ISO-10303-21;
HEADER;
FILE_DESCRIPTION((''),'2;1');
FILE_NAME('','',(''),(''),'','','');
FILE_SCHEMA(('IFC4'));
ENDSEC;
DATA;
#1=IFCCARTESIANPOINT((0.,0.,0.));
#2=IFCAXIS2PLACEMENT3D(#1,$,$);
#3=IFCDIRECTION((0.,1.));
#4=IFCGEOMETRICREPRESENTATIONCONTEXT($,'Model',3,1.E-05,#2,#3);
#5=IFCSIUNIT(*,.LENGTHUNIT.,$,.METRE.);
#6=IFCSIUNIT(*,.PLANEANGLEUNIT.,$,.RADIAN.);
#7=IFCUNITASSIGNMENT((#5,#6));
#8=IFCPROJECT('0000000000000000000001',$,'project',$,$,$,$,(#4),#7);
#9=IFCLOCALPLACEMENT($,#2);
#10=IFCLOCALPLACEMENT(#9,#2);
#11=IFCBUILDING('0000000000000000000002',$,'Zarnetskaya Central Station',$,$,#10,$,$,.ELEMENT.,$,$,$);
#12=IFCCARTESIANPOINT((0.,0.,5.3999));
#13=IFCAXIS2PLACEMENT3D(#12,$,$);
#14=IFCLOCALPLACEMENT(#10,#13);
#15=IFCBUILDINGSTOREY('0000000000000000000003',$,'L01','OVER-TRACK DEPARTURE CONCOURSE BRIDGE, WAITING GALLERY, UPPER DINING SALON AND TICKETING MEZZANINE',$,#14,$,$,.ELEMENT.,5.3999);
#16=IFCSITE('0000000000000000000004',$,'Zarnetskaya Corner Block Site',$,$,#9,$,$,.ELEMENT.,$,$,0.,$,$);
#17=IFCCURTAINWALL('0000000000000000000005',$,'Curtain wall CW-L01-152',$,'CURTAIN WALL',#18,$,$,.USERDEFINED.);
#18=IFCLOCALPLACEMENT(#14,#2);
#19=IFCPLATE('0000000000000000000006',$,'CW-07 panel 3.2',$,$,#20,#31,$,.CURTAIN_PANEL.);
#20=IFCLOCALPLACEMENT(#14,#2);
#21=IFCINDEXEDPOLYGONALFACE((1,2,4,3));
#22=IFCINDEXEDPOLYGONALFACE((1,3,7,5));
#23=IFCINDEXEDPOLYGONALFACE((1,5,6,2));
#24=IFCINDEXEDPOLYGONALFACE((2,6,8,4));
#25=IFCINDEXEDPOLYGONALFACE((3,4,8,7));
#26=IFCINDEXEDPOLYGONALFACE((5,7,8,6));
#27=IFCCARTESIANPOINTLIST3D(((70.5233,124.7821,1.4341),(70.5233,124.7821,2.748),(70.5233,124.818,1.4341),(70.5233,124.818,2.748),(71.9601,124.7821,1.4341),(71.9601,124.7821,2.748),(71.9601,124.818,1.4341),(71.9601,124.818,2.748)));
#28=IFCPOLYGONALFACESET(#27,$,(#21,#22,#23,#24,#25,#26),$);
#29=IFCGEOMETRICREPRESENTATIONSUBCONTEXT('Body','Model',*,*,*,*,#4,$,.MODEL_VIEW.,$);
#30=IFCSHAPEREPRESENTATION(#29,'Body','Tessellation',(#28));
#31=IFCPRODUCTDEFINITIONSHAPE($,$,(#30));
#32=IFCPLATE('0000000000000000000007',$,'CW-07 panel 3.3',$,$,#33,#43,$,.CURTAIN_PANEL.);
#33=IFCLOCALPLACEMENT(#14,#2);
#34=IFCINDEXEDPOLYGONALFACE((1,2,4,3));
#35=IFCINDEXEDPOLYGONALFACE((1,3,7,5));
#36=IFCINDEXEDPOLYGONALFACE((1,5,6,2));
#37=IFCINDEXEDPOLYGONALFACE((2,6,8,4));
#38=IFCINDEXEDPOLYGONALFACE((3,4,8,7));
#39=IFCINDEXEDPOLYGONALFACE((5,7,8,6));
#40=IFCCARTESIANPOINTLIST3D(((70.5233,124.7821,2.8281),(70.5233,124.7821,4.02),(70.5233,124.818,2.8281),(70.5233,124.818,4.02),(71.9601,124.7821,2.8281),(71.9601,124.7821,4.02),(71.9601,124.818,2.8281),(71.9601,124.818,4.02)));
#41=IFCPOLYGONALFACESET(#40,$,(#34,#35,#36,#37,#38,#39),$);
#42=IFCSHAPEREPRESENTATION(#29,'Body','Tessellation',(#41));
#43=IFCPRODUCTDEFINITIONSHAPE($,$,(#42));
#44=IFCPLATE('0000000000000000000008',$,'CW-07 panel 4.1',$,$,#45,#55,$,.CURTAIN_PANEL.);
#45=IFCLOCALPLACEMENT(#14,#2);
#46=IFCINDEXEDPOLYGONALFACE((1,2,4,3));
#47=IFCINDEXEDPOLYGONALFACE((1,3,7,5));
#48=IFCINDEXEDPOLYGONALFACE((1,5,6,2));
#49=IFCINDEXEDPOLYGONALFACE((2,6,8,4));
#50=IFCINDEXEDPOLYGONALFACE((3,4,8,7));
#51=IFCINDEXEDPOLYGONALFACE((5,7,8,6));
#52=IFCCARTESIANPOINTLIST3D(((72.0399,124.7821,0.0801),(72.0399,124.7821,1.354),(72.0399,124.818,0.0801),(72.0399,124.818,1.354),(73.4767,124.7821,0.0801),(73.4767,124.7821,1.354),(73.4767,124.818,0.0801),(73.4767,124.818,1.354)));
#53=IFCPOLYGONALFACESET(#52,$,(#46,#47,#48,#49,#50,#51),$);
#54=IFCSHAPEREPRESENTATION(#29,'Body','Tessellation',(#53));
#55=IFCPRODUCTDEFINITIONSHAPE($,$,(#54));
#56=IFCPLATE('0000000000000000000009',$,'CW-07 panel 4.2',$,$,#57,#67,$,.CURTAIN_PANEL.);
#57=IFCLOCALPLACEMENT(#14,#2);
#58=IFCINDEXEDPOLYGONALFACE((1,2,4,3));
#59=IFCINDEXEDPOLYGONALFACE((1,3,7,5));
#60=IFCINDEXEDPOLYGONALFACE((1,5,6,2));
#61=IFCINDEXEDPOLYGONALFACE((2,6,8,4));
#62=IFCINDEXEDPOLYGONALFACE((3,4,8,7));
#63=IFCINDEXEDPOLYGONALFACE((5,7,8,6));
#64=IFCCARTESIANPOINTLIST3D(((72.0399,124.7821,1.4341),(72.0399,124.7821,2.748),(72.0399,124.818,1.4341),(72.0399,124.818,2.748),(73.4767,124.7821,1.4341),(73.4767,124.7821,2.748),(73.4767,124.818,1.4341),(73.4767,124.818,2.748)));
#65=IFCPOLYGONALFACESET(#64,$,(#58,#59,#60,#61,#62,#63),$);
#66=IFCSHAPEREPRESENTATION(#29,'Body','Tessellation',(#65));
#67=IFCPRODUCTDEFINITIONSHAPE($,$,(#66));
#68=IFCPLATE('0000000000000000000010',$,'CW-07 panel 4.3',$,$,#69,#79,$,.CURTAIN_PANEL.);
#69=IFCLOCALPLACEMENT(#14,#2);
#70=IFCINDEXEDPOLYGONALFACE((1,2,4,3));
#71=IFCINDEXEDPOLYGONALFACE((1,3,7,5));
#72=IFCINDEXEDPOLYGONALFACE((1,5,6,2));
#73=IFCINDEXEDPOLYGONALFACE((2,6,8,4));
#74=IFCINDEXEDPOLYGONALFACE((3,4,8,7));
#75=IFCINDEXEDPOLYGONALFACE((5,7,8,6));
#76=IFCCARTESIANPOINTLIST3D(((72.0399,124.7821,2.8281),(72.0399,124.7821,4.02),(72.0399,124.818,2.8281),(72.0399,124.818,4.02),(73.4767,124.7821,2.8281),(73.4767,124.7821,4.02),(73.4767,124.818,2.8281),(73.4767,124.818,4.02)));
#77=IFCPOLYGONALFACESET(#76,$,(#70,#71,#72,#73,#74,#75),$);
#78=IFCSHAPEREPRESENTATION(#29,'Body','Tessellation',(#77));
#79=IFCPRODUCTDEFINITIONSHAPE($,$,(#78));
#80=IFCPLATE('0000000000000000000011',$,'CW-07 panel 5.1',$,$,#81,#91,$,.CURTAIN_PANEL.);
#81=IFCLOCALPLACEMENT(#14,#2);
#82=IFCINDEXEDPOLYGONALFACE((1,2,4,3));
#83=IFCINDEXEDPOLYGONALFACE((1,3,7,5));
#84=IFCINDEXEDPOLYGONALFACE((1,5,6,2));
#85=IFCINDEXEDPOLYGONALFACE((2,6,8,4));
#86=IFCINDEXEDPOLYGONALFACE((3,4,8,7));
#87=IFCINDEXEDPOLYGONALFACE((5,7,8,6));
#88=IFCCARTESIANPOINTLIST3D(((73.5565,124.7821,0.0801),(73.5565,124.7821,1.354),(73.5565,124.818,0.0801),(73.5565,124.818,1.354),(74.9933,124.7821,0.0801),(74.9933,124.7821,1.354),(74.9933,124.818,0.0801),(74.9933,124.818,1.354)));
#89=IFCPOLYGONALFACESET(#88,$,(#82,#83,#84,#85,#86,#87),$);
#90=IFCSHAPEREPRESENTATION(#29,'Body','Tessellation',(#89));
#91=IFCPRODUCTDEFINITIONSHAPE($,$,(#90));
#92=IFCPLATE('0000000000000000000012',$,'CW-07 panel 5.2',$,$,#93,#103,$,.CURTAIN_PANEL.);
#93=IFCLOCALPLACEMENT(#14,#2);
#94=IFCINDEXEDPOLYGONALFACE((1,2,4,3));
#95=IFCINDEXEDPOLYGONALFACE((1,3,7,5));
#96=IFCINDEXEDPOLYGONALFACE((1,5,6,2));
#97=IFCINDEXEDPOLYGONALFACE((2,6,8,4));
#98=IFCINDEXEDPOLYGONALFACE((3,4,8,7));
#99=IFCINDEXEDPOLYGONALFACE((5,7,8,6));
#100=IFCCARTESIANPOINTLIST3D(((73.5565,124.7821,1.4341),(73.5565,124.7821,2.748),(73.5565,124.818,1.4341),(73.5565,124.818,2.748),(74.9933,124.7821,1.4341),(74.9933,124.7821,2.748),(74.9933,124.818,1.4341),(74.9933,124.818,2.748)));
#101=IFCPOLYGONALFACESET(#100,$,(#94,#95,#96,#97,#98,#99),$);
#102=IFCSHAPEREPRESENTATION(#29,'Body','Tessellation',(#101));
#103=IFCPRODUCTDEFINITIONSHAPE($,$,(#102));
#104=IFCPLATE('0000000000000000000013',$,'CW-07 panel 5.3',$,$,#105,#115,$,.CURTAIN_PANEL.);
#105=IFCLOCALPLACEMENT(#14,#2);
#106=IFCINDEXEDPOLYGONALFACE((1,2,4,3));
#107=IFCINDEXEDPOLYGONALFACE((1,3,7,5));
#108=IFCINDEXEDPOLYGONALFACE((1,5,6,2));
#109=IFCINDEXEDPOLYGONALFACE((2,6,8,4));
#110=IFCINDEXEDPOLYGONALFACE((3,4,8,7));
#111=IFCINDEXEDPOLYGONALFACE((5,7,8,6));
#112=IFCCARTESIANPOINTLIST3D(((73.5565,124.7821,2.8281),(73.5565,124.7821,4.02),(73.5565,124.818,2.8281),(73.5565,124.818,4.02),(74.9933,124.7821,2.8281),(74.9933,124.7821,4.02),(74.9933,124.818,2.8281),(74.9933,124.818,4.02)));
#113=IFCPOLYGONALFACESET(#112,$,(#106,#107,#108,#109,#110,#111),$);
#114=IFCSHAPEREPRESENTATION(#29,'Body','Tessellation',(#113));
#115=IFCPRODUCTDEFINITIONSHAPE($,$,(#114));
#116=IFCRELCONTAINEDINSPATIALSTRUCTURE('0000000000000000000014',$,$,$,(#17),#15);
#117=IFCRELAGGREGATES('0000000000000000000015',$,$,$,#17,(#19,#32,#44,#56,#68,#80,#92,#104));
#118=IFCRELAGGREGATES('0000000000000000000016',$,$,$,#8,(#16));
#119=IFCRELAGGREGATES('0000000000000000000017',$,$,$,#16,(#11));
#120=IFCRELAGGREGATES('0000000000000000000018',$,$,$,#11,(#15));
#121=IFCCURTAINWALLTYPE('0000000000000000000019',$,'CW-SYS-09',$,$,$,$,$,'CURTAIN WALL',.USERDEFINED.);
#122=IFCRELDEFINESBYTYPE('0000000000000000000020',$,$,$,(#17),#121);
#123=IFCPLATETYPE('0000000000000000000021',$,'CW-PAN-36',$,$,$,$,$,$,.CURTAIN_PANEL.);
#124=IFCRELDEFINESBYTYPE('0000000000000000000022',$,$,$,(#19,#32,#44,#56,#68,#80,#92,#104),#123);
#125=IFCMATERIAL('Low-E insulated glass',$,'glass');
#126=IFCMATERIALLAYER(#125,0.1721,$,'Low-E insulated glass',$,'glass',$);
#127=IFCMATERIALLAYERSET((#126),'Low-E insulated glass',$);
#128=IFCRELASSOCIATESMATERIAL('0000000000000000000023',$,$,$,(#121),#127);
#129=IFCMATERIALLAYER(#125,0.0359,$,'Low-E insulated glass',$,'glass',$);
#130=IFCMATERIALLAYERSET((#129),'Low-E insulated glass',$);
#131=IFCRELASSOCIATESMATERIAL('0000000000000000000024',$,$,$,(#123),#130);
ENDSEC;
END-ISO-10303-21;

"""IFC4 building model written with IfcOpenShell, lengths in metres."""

from ifc_helpers import new_model, si_unit, direction, frame, origin, origin_2d, place, context, subcontext, project, spatial, rectangle, extrude, material, layer, layer_set, type_object, element, aggregate, save


model = new_model("IFC4")

# Units and contexts
model_context = context("Model", 3, precision=1e-05, world=origin(), true_north=direction((0.0, 1.0)))
body_context = subcontext(model_context, "Body", "Model", "MODEL_VIEW")
ifc_project = project(units=[si_unit("LENGTHUNIT", "METRE"), si_unit("PLANEANGLEUNIT", "RADIAN")], contexts=[model_context])

# Site, building, storey
site_placement = place(None, origin())
site = spatial("IfcSite", under=ifc_project, at=site_placement, Name="Zarnetskaya Corner Block Site", CompositionType="ELEMENT", RefElevation=0.0)
building_placement = place(site_placement, origin())
building = spatial("IfcBuilding", under=site, at=building_placement, Name="Zarnetskaya Central Station", CompositionType="ELEMENT")
storey_placement = place(building_placement, frame((0.0, 0.0, 5.3999)))
storey = spatial("IfcBuildingStorey", under=building, at=storey_placement, Name="L01", Description="OVER-TRACK DEPARTURE CONCOURSE BRIDGE, WAITING GALLERY, UPPER DINING SALON AND TICKETING MEZZANINE", CompositionType="ELEMENT", Elevation=5.3999)

# Curtain wall, plates
ifc_material_1 = material(Name="Low-E insulated glass", Category="glass")
ifc_layer_1 = layer(ifc_material_1, 0.1721, Name="Low-E insulated glass", Category="glass")
ifc_layer_set_1 = layer_set([ifc_layer_1], Name="Low-E insulated glass")
curtain_wall_type = type_object("IfcCurtainWallType", Name="CW-SYS-09", ElementType="CURTAIN WALL", PredefinedType="USERDEFINED", material=ifc_layer_set_1)
curtain_wall_placement = place(storey_placement, origin())
curtain_wall = element("IfcCurtainWall", 1, at=curtain_wall_placement, inside=storey, type_object=curtain_wall_type, Name="Curtain wall CW-L01-152", ObjectType="CURTAIN WALL", PredefinedType="USERDEFINED")
ifc_layer_2 = layer(ifc_material_1, 0.0359, Name="Low-E insulated glass", Category="glass")
ifc_layer_set_2 = layer_set([ifc_layer_2], Name="Low-E insulated glass")
plate_type = type_object("IfcPlateType", Name="CW-PAN-36", PredefinedType="CURTAIN_PANEL", material=ifc_layer_set_2)
plate_1_placement = place(storey_placement, frame((71.2417, 124.8, 1.4341), z_axis=(0.0, 0.0, 1.0), x_axis=(1.0, 0.0, 0.0)))
plate_1 = element("IfcPlate", 2, at=plate_1_placement, type_object=plate_type, Name="CW-07 panel 3.2", PredefinedType="CURTAIN_PANEL", context=body_context, shape_type="SweptSolid", body=[
    extrude(rectangle(XDim=1.4368, YDim=0.0359, at=origin_2d()), origin(), (0.0, 0.0, 1.0), 1.314),
])
plate_2_placement = place(storey_placement, frame((71.2417, 124.8, 2.8281), z_axis=(0.0, 0.0, 1.0), x_axis=(1.0, 0.0, 0.0)))
plate_2 = element("IfcPlate", 3, at=plate_2_placement, type_object=plate_type, Name="CW-07 panel 3.3", PredefinedType="CURTAIN_PANEL", context=body_context, shape_type="SweptSolid", body=[
    extrude(rectangle(XDim=1.4368, YDim=0.0359, at=origin_2d()), origin(), (0.0, 0.0, 1.0), 1.1919),
])
plate_3_placement = place(storey_placement, frame((72.7583, 124.8, 0.0801), z_axis=(0.0, 0.0, 1.0), x_axis=(1.0, 0.0, 0.0)))
plate_3 = element("IfcPlate", 4, at=plate_3_placement, type_object=plate_type, Name="CW-07 panel 4.1", PredefinedType="CURTAIN_PANEL", context=body_context, shape_type="SweptSolid", body=[
    extrude(rectangle(XDim=1.4368, YDim=0.0359, at=origin_2d()), origin(), (0.0, 0.0, 1.0), 1.2739),
])
plate_4_placement = place(storey_placement, frame((72.7583, 124.8, 1.4341), z_axis=(0.0, 0.0, 1.0), x_axis=(1.0, 0.0, 0.0)))
plate_4 = element("IfcPlate", 5, at=plate_4_placement, type_object=plate_type, Name="CW-07 panel 4.2", PredefinedType="CURTAIN_PANEL", context=body_context, shape_type="SweptSolid", body=[
    extrude(rectangle(XDim=1.4368, YDim=0.0359, at=origin_2d()), origin(), (0.0, 0.0, 1.0), 1.314),
])
plate_5_placement = place(storey_placement, frame((72.7583, 124.8, 2.8281), z_axis=(0.0, 0.0, 1.0), x_axis=(1.0, 0.0, 0.0)))
plate_5 = element("IfcPlate", 6, at=plate_5_placement, type_object=plate_type, Name="CW-07 panel 4.3", PredefinedType="CURTAIN_PANEL", context=body_context, shape_type="SweptSolid", body=[
    extrude(rectangle(XDim=1.4368, YDim=0.0359, at=origin_2d()), origin(), (0.0, 0.0, 1.0), 1.1919),
])
plate_6_placement = place(storey_placement, frame((74.2749, 124.8, 0.0801), z_axis=(0.0, 0.0, 1.0), x_axis=(1.0, 0.0, 0.0)))
plate_6 = element("IfcPlate", 7, at=plate_6_placement, type_object=plate_type, Name="CW-07 panel 5.1", PredefinedType="CURTAIN_PANEL", context=body_context, shape_type="SweptSolid", body=[
    extrude(rectangle(XDim=1.4368, YDim=0.0359, at=origin_2d()), origin(), (0.0, 0.0, 1.0), 1.2739),
])
plate_7_placement = place(storey_placement, frame((74.2749, 124.8, 1.4341), z_axis=(0.0, 0.0, 1.0), x_axis=(1.0, 0.0, 0.0)))
plate_7 = element("IfcPlate", 8, at=plate_7_placement, type_object=plate_type, Name="CW-07 panel 5.2", PredefinedType="CURTAIN_PANEL", context=body_context, shape_type="SweptSolid", body=[
    extrude(rectangle(XDim=1.4368, YDim=0.0359, at=origin_2d()), origin(), (0.0, 0.0, 1.0), 1.314),
])
plate_8_placement = place(storey_placement, frame((74.2749, 124.8, 2.8281), z_axis=(0.0, 0.0, 1.0), x_axis=(1.0, 0.0, 0.0)))
plate_8 = element("IfcPlate", 9, at=plate_8_placement, type_object=plate_type, Name="CW-07 panel 5.3", PredefinedType="CURTAIN_PANEL", context=body_context, shape_type="SweptSolid", body=[
    extrude(rectangle(XDim=1.4368, YDim=0.0359, at=origin_2d()), origin(), (0.0, 0.0, 1.0), 1.1919),
])
aggregate(curtain_wall, [plate_1, plate_2, plate_3, plate_4, plate_5, plate_6, plate_7, plate_8])

save(model, "model.ifc")
